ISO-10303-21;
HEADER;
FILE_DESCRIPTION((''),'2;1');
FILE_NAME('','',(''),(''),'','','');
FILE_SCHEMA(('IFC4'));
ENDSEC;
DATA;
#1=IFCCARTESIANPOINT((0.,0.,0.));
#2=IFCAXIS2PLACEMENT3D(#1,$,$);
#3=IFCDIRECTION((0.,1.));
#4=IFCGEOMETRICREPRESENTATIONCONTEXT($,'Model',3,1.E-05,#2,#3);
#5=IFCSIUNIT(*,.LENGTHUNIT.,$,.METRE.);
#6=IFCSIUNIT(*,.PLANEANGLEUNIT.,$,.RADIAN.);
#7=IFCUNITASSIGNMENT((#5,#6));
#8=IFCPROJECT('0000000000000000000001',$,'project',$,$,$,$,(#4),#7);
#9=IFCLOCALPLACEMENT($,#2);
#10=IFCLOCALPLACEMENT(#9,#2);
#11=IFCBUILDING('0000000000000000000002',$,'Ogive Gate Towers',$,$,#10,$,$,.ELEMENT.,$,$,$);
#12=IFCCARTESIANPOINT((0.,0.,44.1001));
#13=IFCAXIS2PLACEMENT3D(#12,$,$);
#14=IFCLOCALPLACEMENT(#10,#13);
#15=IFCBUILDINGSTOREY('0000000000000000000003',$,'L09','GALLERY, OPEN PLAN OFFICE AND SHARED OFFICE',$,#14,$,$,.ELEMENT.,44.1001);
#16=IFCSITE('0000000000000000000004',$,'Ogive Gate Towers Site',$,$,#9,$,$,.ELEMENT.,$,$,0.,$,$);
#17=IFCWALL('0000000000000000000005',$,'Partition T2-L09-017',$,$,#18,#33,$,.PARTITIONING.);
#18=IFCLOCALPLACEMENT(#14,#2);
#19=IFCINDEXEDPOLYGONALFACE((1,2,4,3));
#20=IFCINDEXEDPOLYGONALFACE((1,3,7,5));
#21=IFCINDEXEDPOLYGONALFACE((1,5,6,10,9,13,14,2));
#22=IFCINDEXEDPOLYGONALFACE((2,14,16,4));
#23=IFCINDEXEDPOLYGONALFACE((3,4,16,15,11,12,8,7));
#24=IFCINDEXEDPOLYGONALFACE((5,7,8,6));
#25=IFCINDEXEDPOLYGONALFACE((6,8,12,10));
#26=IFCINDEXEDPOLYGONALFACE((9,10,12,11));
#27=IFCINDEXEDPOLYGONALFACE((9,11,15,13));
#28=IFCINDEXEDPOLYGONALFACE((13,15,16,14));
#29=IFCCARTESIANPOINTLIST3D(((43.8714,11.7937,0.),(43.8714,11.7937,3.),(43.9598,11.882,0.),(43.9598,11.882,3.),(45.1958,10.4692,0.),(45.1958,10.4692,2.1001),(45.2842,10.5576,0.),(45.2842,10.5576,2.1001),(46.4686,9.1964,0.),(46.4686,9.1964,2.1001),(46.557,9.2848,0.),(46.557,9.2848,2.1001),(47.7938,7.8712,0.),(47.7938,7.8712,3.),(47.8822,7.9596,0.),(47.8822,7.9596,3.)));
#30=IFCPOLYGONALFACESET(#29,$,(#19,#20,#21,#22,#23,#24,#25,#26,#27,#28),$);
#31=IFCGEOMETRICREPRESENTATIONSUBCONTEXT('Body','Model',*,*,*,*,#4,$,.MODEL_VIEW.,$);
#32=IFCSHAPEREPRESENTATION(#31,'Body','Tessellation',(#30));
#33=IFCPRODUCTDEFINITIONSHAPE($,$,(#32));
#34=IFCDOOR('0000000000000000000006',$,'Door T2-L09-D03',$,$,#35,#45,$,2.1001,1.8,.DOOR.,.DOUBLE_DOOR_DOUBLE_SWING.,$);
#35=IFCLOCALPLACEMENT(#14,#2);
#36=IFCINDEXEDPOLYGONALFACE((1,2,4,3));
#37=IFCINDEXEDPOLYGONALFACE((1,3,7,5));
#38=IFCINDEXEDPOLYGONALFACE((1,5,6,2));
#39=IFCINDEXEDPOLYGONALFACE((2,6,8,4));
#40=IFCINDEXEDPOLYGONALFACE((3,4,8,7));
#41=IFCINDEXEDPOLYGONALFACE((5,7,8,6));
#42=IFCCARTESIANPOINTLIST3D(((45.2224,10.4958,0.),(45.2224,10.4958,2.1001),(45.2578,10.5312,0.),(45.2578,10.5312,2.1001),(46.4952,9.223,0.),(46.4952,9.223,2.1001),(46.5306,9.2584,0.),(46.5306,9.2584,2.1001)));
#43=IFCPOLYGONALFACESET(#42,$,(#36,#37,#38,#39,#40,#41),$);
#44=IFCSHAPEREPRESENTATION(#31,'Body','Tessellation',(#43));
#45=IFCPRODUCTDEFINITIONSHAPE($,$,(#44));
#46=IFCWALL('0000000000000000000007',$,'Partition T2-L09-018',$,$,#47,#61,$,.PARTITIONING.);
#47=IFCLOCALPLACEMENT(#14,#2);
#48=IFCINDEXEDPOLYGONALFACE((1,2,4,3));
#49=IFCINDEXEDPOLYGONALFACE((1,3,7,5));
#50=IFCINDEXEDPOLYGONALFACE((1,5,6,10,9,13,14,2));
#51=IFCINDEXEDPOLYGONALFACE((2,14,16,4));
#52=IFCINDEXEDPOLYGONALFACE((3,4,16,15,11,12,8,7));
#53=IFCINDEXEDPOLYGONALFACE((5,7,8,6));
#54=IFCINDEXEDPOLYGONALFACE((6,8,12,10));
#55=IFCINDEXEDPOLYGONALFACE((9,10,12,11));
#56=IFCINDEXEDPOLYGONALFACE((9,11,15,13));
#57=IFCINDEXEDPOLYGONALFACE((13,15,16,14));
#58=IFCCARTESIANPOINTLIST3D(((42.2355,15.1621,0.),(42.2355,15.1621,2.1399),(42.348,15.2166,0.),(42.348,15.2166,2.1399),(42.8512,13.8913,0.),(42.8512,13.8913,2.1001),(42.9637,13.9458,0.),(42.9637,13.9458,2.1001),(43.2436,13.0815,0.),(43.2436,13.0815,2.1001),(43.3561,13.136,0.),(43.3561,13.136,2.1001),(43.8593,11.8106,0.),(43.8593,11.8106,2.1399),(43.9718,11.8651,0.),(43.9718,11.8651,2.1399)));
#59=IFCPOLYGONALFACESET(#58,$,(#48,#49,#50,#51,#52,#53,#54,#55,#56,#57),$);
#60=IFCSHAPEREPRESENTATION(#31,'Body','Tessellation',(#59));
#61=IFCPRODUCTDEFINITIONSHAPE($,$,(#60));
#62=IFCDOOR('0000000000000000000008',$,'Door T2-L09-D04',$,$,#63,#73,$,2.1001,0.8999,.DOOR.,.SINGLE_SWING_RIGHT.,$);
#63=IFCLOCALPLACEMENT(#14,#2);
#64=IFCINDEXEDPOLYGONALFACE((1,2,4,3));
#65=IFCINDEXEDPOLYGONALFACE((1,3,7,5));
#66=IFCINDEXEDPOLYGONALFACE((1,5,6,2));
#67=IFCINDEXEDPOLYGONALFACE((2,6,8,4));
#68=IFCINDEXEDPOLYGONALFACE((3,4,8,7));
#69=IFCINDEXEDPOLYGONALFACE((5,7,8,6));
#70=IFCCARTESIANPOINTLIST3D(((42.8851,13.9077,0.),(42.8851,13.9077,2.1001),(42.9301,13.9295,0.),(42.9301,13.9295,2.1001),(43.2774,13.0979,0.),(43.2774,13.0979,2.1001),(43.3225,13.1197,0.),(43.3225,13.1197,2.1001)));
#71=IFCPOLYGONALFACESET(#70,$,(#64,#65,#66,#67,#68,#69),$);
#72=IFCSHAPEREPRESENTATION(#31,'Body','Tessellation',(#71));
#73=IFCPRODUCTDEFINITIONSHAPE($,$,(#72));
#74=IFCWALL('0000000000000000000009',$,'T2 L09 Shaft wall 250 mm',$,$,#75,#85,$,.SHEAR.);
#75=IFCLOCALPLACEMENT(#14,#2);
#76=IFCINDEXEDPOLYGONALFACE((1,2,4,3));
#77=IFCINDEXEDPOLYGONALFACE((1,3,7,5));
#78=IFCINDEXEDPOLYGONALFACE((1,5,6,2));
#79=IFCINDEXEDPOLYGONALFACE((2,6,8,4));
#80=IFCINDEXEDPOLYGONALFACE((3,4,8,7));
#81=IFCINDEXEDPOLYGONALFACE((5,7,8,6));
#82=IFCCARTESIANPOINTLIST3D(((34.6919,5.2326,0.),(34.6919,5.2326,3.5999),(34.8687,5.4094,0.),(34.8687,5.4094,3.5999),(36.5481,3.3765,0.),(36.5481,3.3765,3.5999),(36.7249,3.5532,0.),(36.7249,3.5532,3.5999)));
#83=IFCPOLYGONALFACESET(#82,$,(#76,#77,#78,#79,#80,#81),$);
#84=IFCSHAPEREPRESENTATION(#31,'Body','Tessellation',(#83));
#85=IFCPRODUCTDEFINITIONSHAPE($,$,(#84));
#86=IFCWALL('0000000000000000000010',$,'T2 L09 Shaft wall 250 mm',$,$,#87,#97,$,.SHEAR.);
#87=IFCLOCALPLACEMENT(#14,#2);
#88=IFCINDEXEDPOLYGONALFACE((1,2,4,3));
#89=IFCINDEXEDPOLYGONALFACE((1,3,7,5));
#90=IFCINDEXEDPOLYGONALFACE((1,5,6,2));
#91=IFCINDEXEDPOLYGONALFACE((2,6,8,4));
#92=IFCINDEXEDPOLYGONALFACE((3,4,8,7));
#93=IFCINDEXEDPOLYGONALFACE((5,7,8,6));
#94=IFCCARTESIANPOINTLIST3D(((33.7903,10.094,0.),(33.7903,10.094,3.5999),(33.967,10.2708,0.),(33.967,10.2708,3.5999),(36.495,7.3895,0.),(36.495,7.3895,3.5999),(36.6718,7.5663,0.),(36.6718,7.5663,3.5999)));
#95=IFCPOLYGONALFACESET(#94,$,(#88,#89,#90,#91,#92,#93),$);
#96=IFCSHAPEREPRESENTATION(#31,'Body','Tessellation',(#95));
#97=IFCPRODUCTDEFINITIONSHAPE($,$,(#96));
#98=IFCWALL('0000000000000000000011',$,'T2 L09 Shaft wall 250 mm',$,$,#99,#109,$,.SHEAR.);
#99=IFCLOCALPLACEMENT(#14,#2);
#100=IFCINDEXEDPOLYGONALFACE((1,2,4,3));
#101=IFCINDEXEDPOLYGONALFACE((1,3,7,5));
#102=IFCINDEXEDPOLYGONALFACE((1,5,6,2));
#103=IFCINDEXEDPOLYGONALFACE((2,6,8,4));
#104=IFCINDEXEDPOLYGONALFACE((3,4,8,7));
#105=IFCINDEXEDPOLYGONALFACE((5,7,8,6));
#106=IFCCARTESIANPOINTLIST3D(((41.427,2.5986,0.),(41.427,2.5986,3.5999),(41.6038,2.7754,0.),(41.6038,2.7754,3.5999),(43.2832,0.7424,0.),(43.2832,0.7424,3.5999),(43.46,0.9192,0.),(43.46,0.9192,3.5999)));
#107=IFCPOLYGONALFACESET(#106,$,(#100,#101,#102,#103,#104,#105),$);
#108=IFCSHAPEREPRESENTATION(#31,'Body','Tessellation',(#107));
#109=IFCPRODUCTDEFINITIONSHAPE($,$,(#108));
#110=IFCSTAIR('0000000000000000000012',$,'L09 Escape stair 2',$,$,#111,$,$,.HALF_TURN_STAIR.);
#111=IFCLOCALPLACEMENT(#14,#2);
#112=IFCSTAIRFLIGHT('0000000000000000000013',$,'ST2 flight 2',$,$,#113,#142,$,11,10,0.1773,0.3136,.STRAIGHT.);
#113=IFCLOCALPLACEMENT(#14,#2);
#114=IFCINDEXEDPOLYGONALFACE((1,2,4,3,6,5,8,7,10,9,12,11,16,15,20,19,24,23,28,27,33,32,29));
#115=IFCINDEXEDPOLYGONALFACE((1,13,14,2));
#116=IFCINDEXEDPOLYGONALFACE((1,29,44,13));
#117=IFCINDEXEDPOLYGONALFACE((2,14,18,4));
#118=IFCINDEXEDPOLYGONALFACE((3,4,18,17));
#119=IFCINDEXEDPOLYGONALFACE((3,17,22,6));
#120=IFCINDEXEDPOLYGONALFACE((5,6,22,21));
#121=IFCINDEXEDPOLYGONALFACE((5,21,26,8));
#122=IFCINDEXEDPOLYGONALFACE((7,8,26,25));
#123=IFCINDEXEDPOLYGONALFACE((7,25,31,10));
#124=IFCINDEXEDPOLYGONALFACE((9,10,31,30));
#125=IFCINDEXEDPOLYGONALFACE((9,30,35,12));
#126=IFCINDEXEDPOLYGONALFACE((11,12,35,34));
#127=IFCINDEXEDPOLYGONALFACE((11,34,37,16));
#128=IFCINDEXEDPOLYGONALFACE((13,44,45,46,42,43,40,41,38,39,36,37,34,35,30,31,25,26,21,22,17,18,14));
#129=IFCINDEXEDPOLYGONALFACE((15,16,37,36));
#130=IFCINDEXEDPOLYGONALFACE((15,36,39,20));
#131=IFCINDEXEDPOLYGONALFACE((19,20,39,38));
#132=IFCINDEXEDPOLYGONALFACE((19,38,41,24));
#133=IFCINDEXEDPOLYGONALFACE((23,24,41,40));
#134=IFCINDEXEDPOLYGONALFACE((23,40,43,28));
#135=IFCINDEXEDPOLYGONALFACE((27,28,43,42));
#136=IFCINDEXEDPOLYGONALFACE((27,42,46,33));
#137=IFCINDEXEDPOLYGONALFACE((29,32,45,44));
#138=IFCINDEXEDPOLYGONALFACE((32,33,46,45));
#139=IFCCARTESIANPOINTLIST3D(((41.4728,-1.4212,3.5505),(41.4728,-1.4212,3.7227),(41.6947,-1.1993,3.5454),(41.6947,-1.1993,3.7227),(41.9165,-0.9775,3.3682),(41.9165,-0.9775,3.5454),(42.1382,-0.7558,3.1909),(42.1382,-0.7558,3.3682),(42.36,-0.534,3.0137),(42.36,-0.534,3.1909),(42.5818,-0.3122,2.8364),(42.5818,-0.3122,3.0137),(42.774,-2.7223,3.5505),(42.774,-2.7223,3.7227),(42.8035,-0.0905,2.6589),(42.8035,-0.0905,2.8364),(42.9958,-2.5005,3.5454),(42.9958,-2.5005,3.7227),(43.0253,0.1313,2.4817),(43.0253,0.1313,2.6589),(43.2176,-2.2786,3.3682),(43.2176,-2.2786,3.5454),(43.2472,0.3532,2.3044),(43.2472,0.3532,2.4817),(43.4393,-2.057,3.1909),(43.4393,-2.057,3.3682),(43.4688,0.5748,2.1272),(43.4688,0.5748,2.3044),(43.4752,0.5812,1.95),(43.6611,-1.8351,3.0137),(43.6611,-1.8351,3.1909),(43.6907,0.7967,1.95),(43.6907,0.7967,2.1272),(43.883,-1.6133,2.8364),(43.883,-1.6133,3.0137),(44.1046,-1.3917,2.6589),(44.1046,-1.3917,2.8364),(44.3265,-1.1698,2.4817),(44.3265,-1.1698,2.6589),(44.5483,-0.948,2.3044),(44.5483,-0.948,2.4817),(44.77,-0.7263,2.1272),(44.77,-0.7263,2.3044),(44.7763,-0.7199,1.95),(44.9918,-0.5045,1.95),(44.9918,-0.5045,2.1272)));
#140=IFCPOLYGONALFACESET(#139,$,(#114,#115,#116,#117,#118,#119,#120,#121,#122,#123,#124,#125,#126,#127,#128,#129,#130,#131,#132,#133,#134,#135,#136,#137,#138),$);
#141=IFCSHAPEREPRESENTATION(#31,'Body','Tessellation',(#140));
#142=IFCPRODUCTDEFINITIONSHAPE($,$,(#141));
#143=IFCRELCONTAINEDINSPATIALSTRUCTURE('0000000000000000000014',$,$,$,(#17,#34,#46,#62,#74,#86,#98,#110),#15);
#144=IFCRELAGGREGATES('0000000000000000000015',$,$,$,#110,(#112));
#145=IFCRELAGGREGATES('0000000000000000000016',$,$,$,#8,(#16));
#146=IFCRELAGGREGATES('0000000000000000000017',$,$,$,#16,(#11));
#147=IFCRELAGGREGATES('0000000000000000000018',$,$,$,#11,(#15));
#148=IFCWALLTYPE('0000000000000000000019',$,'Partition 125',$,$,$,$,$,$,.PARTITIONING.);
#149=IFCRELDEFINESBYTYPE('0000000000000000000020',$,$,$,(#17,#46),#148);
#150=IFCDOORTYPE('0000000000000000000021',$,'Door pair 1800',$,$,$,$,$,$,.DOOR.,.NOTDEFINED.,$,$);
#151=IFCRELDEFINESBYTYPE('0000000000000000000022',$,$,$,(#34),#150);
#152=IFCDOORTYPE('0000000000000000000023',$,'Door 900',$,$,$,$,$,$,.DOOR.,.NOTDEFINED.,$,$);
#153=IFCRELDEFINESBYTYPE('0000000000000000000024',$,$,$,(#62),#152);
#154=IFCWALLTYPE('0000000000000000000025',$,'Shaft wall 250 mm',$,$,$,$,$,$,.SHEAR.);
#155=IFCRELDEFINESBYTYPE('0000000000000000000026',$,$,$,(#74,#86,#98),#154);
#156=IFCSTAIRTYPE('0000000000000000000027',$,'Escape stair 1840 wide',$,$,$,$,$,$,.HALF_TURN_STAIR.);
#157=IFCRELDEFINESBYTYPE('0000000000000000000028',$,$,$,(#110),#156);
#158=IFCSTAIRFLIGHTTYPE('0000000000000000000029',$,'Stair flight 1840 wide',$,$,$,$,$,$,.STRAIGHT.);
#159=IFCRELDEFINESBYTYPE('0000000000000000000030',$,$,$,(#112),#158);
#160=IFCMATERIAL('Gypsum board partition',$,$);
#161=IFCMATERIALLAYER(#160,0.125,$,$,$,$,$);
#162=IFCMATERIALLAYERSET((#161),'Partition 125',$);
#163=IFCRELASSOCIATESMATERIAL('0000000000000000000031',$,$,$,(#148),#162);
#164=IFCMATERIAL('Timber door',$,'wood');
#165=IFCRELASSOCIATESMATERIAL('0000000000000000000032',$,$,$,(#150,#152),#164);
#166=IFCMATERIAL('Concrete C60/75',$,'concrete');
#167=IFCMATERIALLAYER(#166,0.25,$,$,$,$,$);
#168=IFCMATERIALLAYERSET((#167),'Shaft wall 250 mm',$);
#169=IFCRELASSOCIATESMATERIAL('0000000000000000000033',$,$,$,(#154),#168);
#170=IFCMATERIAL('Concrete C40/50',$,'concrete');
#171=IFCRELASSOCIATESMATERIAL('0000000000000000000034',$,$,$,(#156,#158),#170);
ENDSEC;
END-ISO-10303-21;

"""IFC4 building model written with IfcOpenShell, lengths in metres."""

from ifc_helpers import new_model, si_unit, direction, frame, frame_2d, origin, place, context, subcontext, project, spatial, polyline, rectangle, outline, extrude, material, layer, layer_set, type_object, element, fill, aggregate, save


model = new_model("IFC4")

# Units and contexts
model_context = context("Model", 3, precision=1e-05, world=origin(), true_north=direction((0.0, 1.0)))
body_context = subcontext(model_context, "Body", "Model", "MODEL_VIEW")
ifc_project = project(units=[si_unit("LENGTHUNIT", "METRE"), si_unit("PLANEANGLEUNIT", "RADIAN")], contexts=[model_context])

# Site, building, storey
site_placement = place(None, origin())
site = spatial("IfcSite", under=ifc_project, at=site_placement, Name="Ogive Gate Towers Site", CompositionType="ELEMENT", RefElevation=0.0)
building_placement = place(site_placement, origin())
building = spatial("IfcBuilding", under=site, at=building_placement, Name="Ogive Gate Towers", CompositionType="ELEMENT")
storey_placement = place(building_placement, frame((0.0, 0.0, 44.1001)))
storey = spatial("IfcBuildingStorey", under=building, at=storey_placement, Name="L09", Description="GALLERY, OPEN PLAN OFFICE AND SHARED OFFICE", CompositionType="ELEMENT", Elevation=44.1001)

# Shared definitions
ifc_material_1 = material(Name="Concrete C60/75", Category="concrete")

# Shared definitions
ifc_material_2 = material(Name="Gypsum board partition")
ifc_layer_1 = layer(ifc_material_2, 0.125)
ifc_layer_set_1 = layer_set([ifc_layer_1], Name="Partition 125")
wall_type_1 = type_object("IfcWallType", Name="Partition 125", PredefinedType="PARTITIONING", material=ifc_layer_set_1)

# Walls, openings, doors
ifc_material_3 = material(Name="Timber door", Category="wood")
door_type_1 = type_object("IfcDoorType", Name="Door pair 1800", OperationType="NOTDEFINED", PredefinedType="DOOR", material=ifc_material_3)
wall_1_placement = place(storey_placement, frame((47.8379, 7.9155, 0.0), z_axis=(0.0, 0.0, 1.0), x_axis=(-0.707107, 0.707107, 0.0)))
wall_1 = element("IfcWall", 1, at=wall_1_placement, inside=storey, type_object=wall_type_1, Name="Partition T2-L09-017", PredefinedType="PARTITIONING", context=body_context, shape_type="SweptSolid", body=[
    extrude(rectangle(XDim=5.5471, YDim=0.125, at=frame_2d((2.7734, 0.0))), origin(), (0.0, 0.0, 1.0), 3.0),
])
opening_1_placement = place(wall_1_placement, frame((1.874, 0.0, 0.0)))
opening_1 = element("IfcOpeningElement", 2, at=opening_1_placement, cuts=wall_1, PredefinedType="OPENING", context=body_context, shape_type="SweptSolid", body=[
    extrude(rectangle(XDim=1.8, YDim=2.1001, at=frame_2d((0.8999, 1.05))), frame((0.0, 0.0725, 0.0), z_axis=(0.0, -1.0, 0.0), x_axis=(1.0, 0.0, 0.0)), (0.0, 0.0, 1.0), 0.145),
])
door_1_placement = place(opening_1_placement, origin())
door_1 = element("IfcDoor", 3, at=door_1_placement, inside=storey, type_object=door_type_1, Name="Door T2-L09-D03", OperationType="DOUBLE_DOOR_DOUBLE_SWING", OverallHeight=2.1001, OverallWidth=1.8, PredefinedType="DOOR", context=body_context, shape_type="SweptSolid", body=[
    extrude(rectangle(XDim=1.8, YDim=2.1001, at=frame_2d((0.8999, 1.05))), frame((0.0, 0.0249, 0.0), z_axis=(0.0, -1.0, 0.0), x_axis=(1.0, 0.0, 0.0)), (0.0, 0.0, 1.0), 0.05),
])
fill(opening_1, door_1)
wall_2_placement = place(storey_placement, frame((43.9155, 11.8379, 0.0), z_axis=(0.0, 0.0, 1.0), x_axis=(-0.436008, 0.899943, 0.0)))
wall_2 = element("IfcWall", 4, at=wall_2_placement, inside=storey, type_object=wall_type_1, Name="Partition T2-L09-018", PredefinedType="PARTITIONING", context=body_context, shape_type="SweptSolid", body=[
    extrude(rectangle(XDim=3.7241, YDim=0.125, at=frame_2d((1.8621, 0.0))), origin(), (0.0, 0.0, 1.0), 2.1399),
])
opening_2_placement = place(wall_2_placement, frame((1.4121, 0.0, 0.0)))
opening_2 = element("IfcOpeningElement", 5, at=opening_2_placement, cuts=wall_2, PredefinedType="OPENING", context=body_context, shape_type="SweptSolid", body=[
    extrude(rectangle(XDim=0.8999, YDim=2.1001, at=frame_2d((0.45, 1.05))), frame((0.0, 0.0725, 0.0), z_axis=(0.0, -1.0, 0.0), x_axis=(1.0, 0.0, 0.0)), (0.0, 0.0, 1.0), 0.145),
])
door_type_2 = type_object("IfcDoorType", Name="Door 900", OperationType="NOTDEFINED", PredefinedType="DOOR", material=ifc_material_3)
door_2_placement = place(opening_2_placement, origin())
door_2 = element("IfcDoor", 6, at=door_2_placement, inside=storey, type_object=door_type_2, Name="Door T2-L09-D04", OperationType="SINGLE_SWING_RIGHT", OverallHeight=2.1001, OverallWidth=0.8999, PredefinedType="DOOR", context=body_context, shape_type="SweptSolid", body=[
    extrude(rectangle(XDim=0.8999, YDim=2.1001, at=frame_2d((0.45, 1.05))), frame((0.0, 0.0249, 0.0), z_axis=(0.0, -1.0, 0.0), x_axis=(1.0, 0.0, 0.0)), (0.0, 0.0, 1.0), 0.05),
])
fill(opening_2, door_2)

# Walls
ifc_layer_2 = layer(ifc_material_1, 0.25)
ifc_layer_set_2 = layer_set([ifc_layer_2], Name="Shaft wall 250 mm")
wall_type_2 = type_object("IfcWallType", Name="Shaft wall 250 mm", PredefinedType="SHEAR", material=ifc_layer_set_2)
wall_3_placement = place(storey_placement, frame((36.6365, 3.4648, 0.0), z_axis=(0.0, 0.0, 1.0), x_axis=(-0.707107, 0.707107, 0.0)))
element("IfcWall", 7, at=wall_3_placement, inside=storey, type_object=wall_type_2, Name="T2 L09 Shaft wall 250 mm", PredefinedType="SHEAR", context=body_context, shape_type="SweptSolid", body=[
    extrude(rectangle(XDim=2.625, YDim=0.25, at=frame_2d((1.3125, 0.0))), origin(), (0.0, 0.0, 1.0), 3.5999),
])
wall_4_placement = place(storey_placement, frame((36.5835, 7.4778, 0.0), z_axis=(0.0, 0.0, 1.0), x_axis=(-0.707139, 0.707075, 0.0)))
element("IfcWall", 8, at=wall_4_placement, inside=storey, type_object=wall_type_2, Name="T2 L09 Shaft wall 250 mm", PredefinedType="SHEAR", context=body_context, shape_type="SweptSolid", body=[
    extrude(rectangle(XDim=3.825, YDim=0.25, at=frame_2d((1.9126, 0.0))), origin(), (0.0, 0.0, 1.0), 3.5999),
])
wall_5_placement = place(storey_placement, frame((43.3716, 0.8308, 0.0), z_axis=(0.0, 0.0, 1.0), x_axis=(-0.707107, 0.707107, 0.0)))
element("IfcWall", 9, at=wall_5_placement, inside=storey, type_object=wall_type_2, Name="T2 L09 Shaft wall 250 mm", PredefinedType="SHEAR", context=body_context, shape_type="SweptSolid", body=[
    extrude(rectangle(XDim=2.625, YDim=0.25, at=frame_2d((1.3125, 0.0))), origin(), (0.0, 0.0, 1.0), 3.5999),
])

# Stair, stair flight
ifc_material_4 = material(Name="Concrete C40/50", Category="concrete")
stair_type = type_object("IfcStairType", Name="Escape stair 1840 wide", PredefinedType="HALF_TURN_STAIR", material=ifc_material_4)
stair_placement = place(storey_placement, origin())
stair = element("IfcStair", 10, at=stair_placement, inside=storey, type_object=stair_type, Name="L09 Escape stair 2", PredefinedType="HALF_TURN_STAIR")
stair_flight_type = type_object("IfcStairFlightType", Name="Stair flight 1840 wide", PredefinedType="STRAIGHT", material=ifc_material_4)
stair_flight_placement = place(storey_placement, frame((44.3413, 0.146, 1.95), z_axis=(0.0, 0.0, 1.0), x_axis=(-0.707107, -0.707107, 0.0)))
stair_flight = element("IfcStairFlight", 11, at=stair_flight_placement, type_object=stair_flight_type, Name="ST2 flight 2", NumberOfRisers=11, NumberOfTreads=10, PredefinedType="STRAIGHT", RiserHeight=0.1773, TreadLength=0.3136, context=body_context, shape_type="SweptSolid", body=[
    extrude(outline(polyline([(0.0, 0.0), (0.0, 0.1772), (0.3137, 0.1772), (0.3137, 0.3545), (0.6272, 0.3545), (0.6272, 0.5317), (0.9409, 0.5317), (0.9409, 0.709), (1.2546, 0.709), (1.2546, 0.8865), (1.5681, 0.8865), (1.5681, 1.0637), (1.8818, 1.0637), (1.8818, 1.241), (2.1956, 1.241), (2.1956, 1.4182), (2.509, 1.4182), (2.509, 1.5955), (2.8228, 1.5955), (2.8228, 1.7727), (3.1365, 1.7727), (3.1365, 1.95), (3.1365, 1.6006), (0.3047, 0.0), (0.0, 0.0)])), frame((0.0, 0.9199, 0.0), z_axis=(0.0, -1.0, 0.0), x_axis=(1.0, 0.0, 0.0)), (0.0, 0.0, 1.0), 1.8401),
])
aggregate(stair, [stair_flight])

save(model, "model.ifc")
